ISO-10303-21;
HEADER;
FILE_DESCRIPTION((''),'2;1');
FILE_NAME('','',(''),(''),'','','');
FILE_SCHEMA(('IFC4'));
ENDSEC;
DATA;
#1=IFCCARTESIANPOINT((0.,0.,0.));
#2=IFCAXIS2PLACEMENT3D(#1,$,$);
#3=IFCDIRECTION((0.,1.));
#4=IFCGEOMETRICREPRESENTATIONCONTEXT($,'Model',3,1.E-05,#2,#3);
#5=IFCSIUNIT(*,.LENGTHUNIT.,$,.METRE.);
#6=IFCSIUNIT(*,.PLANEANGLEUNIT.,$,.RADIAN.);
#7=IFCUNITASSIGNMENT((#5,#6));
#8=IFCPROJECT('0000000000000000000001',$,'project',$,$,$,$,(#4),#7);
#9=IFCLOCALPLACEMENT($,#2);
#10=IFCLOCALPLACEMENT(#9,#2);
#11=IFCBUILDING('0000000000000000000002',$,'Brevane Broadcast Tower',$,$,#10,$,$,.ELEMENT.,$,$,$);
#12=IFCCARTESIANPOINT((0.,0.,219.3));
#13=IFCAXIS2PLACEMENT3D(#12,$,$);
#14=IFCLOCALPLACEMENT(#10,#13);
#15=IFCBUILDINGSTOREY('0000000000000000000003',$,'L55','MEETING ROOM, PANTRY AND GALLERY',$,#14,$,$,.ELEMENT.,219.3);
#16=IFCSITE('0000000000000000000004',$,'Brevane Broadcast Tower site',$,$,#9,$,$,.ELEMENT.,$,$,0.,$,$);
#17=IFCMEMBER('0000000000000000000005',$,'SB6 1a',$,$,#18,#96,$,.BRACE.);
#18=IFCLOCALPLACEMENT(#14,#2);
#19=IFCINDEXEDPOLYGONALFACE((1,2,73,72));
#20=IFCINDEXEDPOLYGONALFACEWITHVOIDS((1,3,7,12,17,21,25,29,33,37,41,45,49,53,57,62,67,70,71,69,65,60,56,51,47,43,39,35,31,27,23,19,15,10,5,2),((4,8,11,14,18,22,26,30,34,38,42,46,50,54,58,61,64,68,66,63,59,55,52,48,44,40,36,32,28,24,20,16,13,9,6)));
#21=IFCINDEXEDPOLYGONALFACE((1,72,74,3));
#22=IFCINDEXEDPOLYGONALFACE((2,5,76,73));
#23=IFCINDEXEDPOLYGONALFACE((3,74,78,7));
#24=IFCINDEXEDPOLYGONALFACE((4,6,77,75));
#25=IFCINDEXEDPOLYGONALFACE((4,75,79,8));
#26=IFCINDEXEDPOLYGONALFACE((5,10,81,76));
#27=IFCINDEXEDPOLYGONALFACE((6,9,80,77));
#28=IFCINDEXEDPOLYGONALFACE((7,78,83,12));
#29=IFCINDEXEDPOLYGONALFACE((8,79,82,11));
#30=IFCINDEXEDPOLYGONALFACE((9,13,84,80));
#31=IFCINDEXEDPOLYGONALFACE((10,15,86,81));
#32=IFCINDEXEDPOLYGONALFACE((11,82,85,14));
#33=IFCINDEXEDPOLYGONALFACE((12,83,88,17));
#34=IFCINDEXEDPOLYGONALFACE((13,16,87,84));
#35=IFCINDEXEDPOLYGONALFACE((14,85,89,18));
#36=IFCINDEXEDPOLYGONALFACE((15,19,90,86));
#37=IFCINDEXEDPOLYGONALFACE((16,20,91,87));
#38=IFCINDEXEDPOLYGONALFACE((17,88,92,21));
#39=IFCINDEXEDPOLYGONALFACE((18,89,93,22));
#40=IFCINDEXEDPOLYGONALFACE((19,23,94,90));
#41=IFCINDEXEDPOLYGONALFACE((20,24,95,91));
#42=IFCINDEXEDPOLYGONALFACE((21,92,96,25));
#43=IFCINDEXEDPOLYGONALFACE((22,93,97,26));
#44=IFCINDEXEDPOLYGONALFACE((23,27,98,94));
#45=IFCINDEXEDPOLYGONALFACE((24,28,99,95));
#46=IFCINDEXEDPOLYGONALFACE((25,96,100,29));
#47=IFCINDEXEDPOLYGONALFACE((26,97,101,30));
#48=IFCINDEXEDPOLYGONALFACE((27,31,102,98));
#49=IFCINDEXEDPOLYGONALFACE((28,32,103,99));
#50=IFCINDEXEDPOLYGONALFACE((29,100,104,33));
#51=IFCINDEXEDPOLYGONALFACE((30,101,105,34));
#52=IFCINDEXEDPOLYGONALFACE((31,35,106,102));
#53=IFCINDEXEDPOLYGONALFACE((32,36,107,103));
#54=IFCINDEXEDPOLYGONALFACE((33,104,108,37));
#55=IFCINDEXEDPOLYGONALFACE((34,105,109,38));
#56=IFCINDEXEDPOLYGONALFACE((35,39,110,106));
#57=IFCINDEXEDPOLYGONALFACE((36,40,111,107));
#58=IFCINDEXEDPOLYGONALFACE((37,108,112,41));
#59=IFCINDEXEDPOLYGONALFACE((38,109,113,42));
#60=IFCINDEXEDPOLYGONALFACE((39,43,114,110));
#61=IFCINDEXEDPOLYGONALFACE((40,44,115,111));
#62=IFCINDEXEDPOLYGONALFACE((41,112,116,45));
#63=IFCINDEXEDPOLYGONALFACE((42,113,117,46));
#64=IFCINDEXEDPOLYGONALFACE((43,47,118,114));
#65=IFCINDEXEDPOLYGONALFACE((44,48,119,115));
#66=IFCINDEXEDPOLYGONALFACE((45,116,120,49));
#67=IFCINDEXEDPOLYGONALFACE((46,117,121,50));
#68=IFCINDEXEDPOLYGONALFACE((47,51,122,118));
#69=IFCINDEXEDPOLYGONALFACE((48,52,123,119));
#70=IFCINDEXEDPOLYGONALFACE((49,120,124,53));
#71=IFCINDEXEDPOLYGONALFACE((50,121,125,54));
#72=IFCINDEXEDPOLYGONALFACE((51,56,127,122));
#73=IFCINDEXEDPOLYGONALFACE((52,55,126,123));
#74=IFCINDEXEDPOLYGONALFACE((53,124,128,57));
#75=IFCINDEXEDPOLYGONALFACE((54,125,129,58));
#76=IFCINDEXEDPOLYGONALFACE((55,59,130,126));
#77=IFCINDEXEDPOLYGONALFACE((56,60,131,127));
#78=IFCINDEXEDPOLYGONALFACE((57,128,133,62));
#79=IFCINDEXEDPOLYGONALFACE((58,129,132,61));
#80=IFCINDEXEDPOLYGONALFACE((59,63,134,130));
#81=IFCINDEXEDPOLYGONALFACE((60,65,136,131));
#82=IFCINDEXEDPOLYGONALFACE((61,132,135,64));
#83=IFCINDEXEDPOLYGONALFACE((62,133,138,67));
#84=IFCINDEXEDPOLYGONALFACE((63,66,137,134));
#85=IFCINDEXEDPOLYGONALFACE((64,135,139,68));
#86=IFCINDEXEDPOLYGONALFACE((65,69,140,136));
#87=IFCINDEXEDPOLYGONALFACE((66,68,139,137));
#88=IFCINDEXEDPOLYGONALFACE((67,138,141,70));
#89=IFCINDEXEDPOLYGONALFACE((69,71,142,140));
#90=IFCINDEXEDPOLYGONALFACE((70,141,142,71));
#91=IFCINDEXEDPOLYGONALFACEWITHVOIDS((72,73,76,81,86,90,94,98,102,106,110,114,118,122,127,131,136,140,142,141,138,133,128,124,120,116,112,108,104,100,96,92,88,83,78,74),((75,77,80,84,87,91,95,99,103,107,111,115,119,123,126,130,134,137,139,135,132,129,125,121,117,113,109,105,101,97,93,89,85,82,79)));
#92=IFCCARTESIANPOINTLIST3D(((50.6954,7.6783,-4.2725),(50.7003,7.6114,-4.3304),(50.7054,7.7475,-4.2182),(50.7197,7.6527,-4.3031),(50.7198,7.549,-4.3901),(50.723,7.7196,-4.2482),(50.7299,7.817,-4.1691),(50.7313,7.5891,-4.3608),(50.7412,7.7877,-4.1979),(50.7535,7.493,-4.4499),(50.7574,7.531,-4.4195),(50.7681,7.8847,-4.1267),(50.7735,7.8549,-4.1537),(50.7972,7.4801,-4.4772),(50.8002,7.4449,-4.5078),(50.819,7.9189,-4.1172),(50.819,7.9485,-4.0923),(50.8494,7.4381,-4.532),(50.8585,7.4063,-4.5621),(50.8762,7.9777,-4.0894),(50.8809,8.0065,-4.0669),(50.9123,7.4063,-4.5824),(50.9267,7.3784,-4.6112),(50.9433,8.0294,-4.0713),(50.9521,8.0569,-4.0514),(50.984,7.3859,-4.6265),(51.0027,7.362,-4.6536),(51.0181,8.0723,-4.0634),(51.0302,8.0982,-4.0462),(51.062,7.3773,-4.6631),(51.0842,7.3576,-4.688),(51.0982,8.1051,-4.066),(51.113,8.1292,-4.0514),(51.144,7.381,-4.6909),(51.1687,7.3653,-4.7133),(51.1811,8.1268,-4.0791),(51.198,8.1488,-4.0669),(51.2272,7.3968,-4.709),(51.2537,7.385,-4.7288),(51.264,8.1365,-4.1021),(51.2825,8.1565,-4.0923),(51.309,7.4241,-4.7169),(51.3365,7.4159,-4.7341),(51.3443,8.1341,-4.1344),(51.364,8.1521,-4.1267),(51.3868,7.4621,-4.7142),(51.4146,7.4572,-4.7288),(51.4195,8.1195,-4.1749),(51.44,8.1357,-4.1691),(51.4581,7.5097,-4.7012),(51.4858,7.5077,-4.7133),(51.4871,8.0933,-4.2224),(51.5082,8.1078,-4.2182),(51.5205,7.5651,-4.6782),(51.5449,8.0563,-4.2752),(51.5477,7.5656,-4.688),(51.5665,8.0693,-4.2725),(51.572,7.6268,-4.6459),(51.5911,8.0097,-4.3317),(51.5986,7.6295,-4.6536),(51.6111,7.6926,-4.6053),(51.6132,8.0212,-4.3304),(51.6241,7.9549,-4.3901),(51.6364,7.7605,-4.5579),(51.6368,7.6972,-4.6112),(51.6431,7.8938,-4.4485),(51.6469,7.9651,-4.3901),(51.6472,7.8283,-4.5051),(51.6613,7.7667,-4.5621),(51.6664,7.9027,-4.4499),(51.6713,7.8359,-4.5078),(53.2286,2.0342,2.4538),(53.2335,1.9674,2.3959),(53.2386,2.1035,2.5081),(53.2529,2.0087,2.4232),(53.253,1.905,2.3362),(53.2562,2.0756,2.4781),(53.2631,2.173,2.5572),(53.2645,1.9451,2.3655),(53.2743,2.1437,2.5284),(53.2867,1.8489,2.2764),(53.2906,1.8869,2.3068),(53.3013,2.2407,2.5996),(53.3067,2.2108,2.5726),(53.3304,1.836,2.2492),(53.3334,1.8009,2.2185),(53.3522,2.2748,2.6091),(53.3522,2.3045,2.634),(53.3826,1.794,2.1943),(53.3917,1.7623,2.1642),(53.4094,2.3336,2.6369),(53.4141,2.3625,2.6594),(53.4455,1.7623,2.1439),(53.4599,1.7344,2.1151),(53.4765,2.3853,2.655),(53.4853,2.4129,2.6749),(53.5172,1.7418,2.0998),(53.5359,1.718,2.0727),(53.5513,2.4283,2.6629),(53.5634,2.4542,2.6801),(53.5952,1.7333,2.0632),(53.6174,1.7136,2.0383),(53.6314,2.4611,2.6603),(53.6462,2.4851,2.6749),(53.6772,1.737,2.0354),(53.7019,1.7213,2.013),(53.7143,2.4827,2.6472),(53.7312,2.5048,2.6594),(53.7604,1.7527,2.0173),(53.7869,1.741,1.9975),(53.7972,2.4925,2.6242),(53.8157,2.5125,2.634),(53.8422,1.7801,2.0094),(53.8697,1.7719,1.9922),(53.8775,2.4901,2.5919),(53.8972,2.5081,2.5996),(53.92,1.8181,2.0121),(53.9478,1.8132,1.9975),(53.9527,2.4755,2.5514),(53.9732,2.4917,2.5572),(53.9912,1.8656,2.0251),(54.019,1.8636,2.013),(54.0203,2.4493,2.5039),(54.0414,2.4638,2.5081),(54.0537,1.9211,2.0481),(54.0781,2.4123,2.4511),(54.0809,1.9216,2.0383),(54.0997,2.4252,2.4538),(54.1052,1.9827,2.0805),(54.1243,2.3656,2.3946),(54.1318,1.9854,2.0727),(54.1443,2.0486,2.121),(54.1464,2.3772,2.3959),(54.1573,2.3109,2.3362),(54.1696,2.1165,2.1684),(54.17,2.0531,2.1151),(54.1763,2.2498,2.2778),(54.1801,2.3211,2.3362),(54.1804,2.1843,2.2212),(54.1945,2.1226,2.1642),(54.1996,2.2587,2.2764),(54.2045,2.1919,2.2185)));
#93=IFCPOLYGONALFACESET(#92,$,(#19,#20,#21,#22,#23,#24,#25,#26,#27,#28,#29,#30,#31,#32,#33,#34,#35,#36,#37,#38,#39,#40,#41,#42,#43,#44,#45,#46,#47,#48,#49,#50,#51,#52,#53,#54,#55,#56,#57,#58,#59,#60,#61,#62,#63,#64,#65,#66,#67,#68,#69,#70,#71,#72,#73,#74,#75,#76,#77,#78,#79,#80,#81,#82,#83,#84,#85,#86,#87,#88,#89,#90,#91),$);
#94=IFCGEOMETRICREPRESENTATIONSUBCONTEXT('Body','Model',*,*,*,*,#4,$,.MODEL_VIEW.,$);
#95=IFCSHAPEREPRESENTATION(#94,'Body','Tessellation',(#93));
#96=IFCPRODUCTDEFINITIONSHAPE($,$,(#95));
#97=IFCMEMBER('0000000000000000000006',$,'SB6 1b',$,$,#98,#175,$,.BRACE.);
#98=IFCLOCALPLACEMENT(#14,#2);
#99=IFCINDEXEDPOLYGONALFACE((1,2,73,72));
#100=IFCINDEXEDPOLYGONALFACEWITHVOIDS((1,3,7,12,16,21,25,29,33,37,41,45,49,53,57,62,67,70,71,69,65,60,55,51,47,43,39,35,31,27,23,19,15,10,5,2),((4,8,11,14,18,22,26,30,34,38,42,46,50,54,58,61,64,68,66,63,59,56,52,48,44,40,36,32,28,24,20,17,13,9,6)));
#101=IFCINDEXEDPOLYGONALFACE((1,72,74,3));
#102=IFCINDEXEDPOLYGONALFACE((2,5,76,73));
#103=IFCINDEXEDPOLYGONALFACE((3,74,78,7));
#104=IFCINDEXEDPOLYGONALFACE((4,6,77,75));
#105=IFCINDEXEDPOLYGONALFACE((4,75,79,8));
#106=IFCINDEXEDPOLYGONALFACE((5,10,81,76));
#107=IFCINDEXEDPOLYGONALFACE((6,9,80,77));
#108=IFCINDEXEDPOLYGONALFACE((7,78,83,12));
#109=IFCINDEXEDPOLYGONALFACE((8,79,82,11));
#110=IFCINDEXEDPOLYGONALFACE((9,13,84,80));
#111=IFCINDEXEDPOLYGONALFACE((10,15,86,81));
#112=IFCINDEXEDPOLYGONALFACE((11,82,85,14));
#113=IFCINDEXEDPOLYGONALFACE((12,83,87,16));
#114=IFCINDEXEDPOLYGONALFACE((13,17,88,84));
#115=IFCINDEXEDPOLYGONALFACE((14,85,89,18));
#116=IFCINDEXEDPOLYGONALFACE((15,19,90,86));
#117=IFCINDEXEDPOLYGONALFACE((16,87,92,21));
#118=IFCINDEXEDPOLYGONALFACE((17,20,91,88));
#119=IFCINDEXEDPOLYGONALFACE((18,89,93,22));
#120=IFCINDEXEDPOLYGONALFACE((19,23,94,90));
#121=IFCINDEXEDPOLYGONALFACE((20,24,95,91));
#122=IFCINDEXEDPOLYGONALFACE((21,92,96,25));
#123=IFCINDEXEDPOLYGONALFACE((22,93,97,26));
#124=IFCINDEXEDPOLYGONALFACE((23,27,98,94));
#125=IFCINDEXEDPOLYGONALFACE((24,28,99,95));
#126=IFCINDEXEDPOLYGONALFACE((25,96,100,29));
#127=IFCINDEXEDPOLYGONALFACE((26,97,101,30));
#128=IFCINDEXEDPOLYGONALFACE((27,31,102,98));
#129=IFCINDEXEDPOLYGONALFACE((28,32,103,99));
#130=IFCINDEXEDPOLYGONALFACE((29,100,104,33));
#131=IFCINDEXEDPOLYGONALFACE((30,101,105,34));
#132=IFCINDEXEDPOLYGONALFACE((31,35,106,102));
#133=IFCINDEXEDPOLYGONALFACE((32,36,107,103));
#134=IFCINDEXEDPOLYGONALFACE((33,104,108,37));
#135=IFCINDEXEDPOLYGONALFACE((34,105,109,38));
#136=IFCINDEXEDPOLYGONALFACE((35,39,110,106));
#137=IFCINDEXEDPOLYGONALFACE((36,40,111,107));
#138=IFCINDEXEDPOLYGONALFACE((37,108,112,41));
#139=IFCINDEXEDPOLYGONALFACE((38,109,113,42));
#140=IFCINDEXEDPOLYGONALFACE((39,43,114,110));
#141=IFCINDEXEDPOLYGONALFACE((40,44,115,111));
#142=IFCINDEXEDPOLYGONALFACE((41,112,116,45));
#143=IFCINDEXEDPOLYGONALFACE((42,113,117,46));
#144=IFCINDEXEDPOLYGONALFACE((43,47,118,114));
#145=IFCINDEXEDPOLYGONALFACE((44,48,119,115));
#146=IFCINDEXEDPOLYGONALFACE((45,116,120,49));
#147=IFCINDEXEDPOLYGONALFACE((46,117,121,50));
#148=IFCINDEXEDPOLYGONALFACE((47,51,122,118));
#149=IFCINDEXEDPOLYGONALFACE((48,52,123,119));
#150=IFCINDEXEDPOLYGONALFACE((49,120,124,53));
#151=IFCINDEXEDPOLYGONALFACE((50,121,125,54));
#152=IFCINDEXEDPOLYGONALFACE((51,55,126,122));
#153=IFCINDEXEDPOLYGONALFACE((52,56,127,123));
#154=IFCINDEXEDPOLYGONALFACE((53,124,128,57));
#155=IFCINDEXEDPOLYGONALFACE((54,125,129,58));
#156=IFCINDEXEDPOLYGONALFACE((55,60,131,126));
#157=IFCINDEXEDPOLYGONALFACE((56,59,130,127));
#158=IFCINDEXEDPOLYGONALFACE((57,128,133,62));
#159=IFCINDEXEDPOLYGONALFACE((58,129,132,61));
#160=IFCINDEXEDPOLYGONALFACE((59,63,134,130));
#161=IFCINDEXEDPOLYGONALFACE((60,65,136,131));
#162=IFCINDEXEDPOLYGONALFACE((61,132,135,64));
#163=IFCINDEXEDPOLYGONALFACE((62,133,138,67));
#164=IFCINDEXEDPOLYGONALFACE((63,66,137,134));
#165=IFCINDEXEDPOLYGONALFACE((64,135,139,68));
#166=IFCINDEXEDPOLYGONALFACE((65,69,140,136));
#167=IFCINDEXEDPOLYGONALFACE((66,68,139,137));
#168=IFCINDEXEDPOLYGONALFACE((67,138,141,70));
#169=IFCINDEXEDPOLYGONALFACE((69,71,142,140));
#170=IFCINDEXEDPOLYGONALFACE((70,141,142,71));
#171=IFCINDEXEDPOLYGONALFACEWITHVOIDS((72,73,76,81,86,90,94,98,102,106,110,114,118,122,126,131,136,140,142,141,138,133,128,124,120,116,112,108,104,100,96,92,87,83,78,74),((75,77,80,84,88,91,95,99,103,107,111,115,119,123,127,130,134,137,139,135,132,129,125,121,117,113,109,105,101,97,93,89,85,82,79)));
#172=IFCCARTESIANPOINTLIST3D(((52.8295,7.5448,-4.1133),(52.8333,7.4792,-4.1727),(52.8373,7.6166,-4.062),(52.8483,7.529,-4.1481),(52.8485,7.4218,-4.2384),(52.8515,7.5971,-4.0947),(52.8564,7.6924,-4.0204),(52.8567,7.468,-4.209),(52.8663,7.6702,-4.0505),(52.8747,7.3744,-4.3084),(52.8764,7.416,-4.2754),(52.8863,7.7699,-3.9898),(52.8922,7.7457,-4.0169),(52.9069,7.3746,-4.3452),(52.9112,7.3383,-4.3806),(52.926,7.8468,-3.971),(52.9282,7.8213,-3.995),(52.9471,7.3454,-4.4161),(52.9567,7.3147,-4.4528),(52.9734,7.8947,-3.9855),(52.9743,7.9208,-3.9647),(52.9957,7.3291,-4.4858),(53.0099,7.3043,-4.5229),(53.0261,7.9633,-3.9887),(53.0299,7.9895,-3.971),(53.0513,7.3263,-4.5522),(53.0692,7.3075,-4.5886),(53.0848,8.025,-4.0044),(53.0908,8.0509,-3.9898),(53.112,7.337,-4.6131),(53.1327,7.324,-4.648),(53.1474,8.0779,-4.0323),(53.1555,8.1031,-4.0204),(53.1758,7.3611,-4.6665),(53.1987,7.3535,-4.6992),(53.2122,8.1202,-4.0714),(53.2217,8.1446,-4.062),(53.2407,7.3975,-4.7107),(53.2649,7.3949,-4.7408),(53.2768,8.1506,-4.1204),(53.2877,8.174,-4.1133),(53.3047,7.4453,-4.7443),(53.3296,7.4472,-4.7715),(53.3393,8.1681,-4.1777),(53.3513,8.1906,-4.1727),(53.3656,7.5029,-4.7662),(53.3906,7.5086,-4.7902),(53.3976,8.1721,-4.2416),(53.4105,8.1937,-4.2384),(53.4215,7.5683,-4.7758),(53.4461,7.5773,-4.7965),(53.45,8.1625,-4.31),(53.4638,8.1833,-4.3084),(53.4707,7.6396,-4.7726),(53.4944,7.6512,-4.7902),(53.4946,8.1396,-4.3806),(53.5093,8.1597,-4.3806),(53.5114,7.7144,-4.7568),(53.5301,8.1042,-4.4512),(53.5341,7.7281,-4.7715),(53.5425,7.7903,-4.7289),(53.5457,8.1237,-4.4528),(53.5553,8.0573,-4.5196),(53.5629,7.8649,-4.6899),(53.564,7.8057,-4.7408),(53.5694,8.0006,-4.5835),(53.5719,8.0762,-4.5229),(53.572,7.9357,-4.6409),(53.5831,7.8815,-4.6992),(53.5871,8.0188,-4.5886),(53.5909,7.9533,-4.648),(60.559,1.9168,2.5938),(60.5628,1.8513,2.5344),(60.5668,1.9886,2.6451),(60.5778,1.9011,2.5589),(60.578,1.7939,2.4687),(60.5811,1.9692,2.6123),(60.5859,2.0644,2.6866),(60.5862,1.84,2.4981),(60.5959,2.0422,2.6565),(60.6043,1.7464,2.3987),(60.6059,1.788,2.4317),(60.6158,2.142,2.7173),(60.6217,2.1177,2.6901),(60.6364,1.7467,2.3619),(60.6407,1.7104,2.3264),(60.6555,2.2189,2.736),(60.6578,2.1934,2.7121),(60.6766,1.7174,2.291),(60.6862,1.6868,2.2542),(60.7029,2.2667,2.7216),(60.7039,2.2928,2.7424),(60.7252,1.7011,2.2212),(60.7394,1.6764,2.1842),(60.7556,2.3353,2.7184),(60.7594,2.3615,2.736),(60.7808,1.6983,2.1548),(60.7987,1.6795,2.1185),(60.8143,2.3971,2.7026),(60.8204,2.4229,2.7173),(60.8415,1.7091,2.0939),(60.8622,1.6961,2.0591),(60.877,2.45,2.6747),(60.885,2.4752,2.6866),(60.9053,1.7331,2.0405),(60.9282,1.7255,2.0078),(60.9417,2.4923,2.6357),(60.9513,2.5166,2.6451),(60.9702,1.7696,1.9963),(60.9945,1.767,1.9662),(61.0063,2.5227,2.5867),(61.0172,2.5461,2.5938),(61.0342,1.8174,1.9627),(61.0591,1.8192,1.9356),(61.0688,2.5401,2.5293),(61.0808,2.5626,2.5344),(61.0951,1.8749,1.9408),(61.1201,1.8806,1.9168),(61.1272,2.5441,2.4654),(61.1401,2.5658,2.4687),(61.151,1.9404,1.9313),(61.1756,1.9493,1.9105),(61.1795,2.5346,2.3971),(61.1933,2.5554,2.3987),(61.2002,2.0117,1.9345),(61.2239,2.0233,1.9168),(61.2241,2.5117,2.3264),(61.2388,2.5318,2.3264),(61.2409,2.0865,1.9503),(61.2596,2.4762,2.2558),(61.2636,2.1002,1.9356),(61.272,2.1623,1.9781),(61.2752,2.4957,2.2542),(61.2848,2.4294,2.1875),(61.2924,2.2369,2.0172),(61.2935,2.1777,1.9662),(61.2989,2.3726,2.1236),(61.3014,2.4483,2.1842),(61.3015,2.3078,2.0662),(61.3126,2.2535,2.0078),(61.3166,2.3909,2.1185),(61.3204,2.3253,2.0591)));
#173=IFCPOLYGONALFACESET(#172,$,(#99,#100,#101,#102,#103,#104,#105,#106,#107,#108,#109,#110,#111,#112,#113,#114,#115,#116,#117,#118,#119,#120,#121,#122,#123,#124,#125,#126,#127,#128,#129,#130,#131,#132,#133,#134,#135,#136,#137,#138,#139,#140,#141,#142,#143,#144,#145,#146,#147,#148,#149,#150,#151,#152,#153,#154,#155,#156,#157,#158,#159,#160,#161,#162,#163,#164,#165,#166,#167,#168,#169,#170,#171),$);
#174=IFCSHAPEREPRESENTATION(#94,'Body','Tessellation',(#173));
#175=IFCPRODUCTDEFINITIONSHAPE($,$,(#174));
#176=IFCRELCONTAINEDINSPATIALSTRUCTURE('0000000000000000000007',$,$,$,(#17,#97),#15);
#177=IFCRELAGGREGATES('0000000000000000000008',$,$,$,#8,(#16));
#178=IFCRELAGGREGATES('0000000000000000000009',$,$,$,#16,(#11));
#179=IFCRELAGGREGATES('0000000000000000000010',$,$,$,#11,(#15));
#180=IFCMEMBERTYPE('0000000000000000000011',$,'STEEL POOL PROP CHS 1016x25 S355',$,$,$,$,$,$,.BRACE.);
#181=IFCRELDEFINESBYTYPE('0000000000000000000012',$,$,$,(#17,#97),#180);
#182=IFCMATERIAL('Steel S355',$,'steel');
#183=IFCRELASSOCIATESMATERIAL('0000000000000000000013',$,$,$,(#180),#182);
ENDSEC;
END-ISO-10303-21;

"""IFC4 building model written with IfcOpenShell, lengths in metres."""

from ifc_helpers import new_model, si_unit, direction, frame, origin, origin_2d, place, context, subcontext, project, spatial, hollow_circle, extrude, material, material_profile, profile_set, type_object, element, save


model = new_model("IFC4")

# Units and contexts
model_context = context("Model", 3, precision=1e-05, world=origin(), true_north=direction((0.0, 1.0)))
body_context = subcontext(model_context, "Body", "Model", "MODEL_VIEW")
ifc_project = project(units=[si_unit("LENGTHUNIT", "METRE"), si_unit("PLANEANGLEUNIT", "RADIAN")], contexts=[model_context])

# Site, building, storey
site_placement = place(None, origin())
site = spatial("IfcSite", under=ifc_project, at=site_placement, Name="Brevane Broadcast Tower site", CompositionType="ELEMENT", RefElevation=0.0)
building_placement = place(site_placement, origin())
building = spatial("IfcBuilding", under=site, at=building_placement, Name="Brevane Broadcast Tower", CompositionType="ELEMENT")
storey_placement = place(building_placement, frame((0.0, 0.0, 219.3)))
storey = spatial("IfcBuildingStorey", under=building, at=storey_placement, Name="L55", Description="MEETING ROOM, PANTRY AND GALLERY", CompositionType="ELEMENT", Elevation=219.3)

# Shared definitions
ifc_material_1 = material(Name="Steel S355", Category="steel")

# Members
ifc_material_profile_1 = material_profile(ifc_material_1, hollow_circle(Radius=0.5081, WallThickness=0.0249, at=origin_2d()), Name="CHS 1016x25")
ifc_profile_set_1 = profile_set([ifc_material_profile_1], Name="Steel S355")
member_type_1 = type_object("IfcMemberType", Name="STEEL POOL PROP CHS 1016x25 S355", PredefinedType="BRACE", material=ifc_profile_set_1)
member_1_placement = place(storey_placement, frame((51.1833, 7.7571, -4.3901), z_axis=(0.277195, -0.617599, 0.736026), x_axis=(0.912321, 0.409475, 0.0)))
element("IfcMember", 1, at=member_1_placement, inside=storey, type_object=member_type_1, Name="SB6 1a", PredefinedType="BRACE", context=body_context, shape_type="SweptSolid", body=[
    extrude(hollow_circle(Radius=0.5081, WallThickness=0.0249, at=origin_2d()), origin(), (0.0, 0.0, 1.0), 9.1387),
])
member_2_placement = place(storey_placement, frame((53.2102, 7.749, -4.3806), z_axis=(0.661819, -0.481878, 0.574273), x_axis=(0.588615, 0.808414, 0.0)))
element("IfcMember", 2, at=member_2_placement, inside=storey, type_object=member_type_1, Name="SB6 1b", PredefinedType="BRACE", context=body_context, shape_type="SweptSolid", body=[
    extrude(hollow_circle(Radius=0.5081, WallThickness=0.0249, at=origin_2d()), origin(), (0.0, 0.0, 1.0), 11.6792),
])

save(model, "model.ifc")
